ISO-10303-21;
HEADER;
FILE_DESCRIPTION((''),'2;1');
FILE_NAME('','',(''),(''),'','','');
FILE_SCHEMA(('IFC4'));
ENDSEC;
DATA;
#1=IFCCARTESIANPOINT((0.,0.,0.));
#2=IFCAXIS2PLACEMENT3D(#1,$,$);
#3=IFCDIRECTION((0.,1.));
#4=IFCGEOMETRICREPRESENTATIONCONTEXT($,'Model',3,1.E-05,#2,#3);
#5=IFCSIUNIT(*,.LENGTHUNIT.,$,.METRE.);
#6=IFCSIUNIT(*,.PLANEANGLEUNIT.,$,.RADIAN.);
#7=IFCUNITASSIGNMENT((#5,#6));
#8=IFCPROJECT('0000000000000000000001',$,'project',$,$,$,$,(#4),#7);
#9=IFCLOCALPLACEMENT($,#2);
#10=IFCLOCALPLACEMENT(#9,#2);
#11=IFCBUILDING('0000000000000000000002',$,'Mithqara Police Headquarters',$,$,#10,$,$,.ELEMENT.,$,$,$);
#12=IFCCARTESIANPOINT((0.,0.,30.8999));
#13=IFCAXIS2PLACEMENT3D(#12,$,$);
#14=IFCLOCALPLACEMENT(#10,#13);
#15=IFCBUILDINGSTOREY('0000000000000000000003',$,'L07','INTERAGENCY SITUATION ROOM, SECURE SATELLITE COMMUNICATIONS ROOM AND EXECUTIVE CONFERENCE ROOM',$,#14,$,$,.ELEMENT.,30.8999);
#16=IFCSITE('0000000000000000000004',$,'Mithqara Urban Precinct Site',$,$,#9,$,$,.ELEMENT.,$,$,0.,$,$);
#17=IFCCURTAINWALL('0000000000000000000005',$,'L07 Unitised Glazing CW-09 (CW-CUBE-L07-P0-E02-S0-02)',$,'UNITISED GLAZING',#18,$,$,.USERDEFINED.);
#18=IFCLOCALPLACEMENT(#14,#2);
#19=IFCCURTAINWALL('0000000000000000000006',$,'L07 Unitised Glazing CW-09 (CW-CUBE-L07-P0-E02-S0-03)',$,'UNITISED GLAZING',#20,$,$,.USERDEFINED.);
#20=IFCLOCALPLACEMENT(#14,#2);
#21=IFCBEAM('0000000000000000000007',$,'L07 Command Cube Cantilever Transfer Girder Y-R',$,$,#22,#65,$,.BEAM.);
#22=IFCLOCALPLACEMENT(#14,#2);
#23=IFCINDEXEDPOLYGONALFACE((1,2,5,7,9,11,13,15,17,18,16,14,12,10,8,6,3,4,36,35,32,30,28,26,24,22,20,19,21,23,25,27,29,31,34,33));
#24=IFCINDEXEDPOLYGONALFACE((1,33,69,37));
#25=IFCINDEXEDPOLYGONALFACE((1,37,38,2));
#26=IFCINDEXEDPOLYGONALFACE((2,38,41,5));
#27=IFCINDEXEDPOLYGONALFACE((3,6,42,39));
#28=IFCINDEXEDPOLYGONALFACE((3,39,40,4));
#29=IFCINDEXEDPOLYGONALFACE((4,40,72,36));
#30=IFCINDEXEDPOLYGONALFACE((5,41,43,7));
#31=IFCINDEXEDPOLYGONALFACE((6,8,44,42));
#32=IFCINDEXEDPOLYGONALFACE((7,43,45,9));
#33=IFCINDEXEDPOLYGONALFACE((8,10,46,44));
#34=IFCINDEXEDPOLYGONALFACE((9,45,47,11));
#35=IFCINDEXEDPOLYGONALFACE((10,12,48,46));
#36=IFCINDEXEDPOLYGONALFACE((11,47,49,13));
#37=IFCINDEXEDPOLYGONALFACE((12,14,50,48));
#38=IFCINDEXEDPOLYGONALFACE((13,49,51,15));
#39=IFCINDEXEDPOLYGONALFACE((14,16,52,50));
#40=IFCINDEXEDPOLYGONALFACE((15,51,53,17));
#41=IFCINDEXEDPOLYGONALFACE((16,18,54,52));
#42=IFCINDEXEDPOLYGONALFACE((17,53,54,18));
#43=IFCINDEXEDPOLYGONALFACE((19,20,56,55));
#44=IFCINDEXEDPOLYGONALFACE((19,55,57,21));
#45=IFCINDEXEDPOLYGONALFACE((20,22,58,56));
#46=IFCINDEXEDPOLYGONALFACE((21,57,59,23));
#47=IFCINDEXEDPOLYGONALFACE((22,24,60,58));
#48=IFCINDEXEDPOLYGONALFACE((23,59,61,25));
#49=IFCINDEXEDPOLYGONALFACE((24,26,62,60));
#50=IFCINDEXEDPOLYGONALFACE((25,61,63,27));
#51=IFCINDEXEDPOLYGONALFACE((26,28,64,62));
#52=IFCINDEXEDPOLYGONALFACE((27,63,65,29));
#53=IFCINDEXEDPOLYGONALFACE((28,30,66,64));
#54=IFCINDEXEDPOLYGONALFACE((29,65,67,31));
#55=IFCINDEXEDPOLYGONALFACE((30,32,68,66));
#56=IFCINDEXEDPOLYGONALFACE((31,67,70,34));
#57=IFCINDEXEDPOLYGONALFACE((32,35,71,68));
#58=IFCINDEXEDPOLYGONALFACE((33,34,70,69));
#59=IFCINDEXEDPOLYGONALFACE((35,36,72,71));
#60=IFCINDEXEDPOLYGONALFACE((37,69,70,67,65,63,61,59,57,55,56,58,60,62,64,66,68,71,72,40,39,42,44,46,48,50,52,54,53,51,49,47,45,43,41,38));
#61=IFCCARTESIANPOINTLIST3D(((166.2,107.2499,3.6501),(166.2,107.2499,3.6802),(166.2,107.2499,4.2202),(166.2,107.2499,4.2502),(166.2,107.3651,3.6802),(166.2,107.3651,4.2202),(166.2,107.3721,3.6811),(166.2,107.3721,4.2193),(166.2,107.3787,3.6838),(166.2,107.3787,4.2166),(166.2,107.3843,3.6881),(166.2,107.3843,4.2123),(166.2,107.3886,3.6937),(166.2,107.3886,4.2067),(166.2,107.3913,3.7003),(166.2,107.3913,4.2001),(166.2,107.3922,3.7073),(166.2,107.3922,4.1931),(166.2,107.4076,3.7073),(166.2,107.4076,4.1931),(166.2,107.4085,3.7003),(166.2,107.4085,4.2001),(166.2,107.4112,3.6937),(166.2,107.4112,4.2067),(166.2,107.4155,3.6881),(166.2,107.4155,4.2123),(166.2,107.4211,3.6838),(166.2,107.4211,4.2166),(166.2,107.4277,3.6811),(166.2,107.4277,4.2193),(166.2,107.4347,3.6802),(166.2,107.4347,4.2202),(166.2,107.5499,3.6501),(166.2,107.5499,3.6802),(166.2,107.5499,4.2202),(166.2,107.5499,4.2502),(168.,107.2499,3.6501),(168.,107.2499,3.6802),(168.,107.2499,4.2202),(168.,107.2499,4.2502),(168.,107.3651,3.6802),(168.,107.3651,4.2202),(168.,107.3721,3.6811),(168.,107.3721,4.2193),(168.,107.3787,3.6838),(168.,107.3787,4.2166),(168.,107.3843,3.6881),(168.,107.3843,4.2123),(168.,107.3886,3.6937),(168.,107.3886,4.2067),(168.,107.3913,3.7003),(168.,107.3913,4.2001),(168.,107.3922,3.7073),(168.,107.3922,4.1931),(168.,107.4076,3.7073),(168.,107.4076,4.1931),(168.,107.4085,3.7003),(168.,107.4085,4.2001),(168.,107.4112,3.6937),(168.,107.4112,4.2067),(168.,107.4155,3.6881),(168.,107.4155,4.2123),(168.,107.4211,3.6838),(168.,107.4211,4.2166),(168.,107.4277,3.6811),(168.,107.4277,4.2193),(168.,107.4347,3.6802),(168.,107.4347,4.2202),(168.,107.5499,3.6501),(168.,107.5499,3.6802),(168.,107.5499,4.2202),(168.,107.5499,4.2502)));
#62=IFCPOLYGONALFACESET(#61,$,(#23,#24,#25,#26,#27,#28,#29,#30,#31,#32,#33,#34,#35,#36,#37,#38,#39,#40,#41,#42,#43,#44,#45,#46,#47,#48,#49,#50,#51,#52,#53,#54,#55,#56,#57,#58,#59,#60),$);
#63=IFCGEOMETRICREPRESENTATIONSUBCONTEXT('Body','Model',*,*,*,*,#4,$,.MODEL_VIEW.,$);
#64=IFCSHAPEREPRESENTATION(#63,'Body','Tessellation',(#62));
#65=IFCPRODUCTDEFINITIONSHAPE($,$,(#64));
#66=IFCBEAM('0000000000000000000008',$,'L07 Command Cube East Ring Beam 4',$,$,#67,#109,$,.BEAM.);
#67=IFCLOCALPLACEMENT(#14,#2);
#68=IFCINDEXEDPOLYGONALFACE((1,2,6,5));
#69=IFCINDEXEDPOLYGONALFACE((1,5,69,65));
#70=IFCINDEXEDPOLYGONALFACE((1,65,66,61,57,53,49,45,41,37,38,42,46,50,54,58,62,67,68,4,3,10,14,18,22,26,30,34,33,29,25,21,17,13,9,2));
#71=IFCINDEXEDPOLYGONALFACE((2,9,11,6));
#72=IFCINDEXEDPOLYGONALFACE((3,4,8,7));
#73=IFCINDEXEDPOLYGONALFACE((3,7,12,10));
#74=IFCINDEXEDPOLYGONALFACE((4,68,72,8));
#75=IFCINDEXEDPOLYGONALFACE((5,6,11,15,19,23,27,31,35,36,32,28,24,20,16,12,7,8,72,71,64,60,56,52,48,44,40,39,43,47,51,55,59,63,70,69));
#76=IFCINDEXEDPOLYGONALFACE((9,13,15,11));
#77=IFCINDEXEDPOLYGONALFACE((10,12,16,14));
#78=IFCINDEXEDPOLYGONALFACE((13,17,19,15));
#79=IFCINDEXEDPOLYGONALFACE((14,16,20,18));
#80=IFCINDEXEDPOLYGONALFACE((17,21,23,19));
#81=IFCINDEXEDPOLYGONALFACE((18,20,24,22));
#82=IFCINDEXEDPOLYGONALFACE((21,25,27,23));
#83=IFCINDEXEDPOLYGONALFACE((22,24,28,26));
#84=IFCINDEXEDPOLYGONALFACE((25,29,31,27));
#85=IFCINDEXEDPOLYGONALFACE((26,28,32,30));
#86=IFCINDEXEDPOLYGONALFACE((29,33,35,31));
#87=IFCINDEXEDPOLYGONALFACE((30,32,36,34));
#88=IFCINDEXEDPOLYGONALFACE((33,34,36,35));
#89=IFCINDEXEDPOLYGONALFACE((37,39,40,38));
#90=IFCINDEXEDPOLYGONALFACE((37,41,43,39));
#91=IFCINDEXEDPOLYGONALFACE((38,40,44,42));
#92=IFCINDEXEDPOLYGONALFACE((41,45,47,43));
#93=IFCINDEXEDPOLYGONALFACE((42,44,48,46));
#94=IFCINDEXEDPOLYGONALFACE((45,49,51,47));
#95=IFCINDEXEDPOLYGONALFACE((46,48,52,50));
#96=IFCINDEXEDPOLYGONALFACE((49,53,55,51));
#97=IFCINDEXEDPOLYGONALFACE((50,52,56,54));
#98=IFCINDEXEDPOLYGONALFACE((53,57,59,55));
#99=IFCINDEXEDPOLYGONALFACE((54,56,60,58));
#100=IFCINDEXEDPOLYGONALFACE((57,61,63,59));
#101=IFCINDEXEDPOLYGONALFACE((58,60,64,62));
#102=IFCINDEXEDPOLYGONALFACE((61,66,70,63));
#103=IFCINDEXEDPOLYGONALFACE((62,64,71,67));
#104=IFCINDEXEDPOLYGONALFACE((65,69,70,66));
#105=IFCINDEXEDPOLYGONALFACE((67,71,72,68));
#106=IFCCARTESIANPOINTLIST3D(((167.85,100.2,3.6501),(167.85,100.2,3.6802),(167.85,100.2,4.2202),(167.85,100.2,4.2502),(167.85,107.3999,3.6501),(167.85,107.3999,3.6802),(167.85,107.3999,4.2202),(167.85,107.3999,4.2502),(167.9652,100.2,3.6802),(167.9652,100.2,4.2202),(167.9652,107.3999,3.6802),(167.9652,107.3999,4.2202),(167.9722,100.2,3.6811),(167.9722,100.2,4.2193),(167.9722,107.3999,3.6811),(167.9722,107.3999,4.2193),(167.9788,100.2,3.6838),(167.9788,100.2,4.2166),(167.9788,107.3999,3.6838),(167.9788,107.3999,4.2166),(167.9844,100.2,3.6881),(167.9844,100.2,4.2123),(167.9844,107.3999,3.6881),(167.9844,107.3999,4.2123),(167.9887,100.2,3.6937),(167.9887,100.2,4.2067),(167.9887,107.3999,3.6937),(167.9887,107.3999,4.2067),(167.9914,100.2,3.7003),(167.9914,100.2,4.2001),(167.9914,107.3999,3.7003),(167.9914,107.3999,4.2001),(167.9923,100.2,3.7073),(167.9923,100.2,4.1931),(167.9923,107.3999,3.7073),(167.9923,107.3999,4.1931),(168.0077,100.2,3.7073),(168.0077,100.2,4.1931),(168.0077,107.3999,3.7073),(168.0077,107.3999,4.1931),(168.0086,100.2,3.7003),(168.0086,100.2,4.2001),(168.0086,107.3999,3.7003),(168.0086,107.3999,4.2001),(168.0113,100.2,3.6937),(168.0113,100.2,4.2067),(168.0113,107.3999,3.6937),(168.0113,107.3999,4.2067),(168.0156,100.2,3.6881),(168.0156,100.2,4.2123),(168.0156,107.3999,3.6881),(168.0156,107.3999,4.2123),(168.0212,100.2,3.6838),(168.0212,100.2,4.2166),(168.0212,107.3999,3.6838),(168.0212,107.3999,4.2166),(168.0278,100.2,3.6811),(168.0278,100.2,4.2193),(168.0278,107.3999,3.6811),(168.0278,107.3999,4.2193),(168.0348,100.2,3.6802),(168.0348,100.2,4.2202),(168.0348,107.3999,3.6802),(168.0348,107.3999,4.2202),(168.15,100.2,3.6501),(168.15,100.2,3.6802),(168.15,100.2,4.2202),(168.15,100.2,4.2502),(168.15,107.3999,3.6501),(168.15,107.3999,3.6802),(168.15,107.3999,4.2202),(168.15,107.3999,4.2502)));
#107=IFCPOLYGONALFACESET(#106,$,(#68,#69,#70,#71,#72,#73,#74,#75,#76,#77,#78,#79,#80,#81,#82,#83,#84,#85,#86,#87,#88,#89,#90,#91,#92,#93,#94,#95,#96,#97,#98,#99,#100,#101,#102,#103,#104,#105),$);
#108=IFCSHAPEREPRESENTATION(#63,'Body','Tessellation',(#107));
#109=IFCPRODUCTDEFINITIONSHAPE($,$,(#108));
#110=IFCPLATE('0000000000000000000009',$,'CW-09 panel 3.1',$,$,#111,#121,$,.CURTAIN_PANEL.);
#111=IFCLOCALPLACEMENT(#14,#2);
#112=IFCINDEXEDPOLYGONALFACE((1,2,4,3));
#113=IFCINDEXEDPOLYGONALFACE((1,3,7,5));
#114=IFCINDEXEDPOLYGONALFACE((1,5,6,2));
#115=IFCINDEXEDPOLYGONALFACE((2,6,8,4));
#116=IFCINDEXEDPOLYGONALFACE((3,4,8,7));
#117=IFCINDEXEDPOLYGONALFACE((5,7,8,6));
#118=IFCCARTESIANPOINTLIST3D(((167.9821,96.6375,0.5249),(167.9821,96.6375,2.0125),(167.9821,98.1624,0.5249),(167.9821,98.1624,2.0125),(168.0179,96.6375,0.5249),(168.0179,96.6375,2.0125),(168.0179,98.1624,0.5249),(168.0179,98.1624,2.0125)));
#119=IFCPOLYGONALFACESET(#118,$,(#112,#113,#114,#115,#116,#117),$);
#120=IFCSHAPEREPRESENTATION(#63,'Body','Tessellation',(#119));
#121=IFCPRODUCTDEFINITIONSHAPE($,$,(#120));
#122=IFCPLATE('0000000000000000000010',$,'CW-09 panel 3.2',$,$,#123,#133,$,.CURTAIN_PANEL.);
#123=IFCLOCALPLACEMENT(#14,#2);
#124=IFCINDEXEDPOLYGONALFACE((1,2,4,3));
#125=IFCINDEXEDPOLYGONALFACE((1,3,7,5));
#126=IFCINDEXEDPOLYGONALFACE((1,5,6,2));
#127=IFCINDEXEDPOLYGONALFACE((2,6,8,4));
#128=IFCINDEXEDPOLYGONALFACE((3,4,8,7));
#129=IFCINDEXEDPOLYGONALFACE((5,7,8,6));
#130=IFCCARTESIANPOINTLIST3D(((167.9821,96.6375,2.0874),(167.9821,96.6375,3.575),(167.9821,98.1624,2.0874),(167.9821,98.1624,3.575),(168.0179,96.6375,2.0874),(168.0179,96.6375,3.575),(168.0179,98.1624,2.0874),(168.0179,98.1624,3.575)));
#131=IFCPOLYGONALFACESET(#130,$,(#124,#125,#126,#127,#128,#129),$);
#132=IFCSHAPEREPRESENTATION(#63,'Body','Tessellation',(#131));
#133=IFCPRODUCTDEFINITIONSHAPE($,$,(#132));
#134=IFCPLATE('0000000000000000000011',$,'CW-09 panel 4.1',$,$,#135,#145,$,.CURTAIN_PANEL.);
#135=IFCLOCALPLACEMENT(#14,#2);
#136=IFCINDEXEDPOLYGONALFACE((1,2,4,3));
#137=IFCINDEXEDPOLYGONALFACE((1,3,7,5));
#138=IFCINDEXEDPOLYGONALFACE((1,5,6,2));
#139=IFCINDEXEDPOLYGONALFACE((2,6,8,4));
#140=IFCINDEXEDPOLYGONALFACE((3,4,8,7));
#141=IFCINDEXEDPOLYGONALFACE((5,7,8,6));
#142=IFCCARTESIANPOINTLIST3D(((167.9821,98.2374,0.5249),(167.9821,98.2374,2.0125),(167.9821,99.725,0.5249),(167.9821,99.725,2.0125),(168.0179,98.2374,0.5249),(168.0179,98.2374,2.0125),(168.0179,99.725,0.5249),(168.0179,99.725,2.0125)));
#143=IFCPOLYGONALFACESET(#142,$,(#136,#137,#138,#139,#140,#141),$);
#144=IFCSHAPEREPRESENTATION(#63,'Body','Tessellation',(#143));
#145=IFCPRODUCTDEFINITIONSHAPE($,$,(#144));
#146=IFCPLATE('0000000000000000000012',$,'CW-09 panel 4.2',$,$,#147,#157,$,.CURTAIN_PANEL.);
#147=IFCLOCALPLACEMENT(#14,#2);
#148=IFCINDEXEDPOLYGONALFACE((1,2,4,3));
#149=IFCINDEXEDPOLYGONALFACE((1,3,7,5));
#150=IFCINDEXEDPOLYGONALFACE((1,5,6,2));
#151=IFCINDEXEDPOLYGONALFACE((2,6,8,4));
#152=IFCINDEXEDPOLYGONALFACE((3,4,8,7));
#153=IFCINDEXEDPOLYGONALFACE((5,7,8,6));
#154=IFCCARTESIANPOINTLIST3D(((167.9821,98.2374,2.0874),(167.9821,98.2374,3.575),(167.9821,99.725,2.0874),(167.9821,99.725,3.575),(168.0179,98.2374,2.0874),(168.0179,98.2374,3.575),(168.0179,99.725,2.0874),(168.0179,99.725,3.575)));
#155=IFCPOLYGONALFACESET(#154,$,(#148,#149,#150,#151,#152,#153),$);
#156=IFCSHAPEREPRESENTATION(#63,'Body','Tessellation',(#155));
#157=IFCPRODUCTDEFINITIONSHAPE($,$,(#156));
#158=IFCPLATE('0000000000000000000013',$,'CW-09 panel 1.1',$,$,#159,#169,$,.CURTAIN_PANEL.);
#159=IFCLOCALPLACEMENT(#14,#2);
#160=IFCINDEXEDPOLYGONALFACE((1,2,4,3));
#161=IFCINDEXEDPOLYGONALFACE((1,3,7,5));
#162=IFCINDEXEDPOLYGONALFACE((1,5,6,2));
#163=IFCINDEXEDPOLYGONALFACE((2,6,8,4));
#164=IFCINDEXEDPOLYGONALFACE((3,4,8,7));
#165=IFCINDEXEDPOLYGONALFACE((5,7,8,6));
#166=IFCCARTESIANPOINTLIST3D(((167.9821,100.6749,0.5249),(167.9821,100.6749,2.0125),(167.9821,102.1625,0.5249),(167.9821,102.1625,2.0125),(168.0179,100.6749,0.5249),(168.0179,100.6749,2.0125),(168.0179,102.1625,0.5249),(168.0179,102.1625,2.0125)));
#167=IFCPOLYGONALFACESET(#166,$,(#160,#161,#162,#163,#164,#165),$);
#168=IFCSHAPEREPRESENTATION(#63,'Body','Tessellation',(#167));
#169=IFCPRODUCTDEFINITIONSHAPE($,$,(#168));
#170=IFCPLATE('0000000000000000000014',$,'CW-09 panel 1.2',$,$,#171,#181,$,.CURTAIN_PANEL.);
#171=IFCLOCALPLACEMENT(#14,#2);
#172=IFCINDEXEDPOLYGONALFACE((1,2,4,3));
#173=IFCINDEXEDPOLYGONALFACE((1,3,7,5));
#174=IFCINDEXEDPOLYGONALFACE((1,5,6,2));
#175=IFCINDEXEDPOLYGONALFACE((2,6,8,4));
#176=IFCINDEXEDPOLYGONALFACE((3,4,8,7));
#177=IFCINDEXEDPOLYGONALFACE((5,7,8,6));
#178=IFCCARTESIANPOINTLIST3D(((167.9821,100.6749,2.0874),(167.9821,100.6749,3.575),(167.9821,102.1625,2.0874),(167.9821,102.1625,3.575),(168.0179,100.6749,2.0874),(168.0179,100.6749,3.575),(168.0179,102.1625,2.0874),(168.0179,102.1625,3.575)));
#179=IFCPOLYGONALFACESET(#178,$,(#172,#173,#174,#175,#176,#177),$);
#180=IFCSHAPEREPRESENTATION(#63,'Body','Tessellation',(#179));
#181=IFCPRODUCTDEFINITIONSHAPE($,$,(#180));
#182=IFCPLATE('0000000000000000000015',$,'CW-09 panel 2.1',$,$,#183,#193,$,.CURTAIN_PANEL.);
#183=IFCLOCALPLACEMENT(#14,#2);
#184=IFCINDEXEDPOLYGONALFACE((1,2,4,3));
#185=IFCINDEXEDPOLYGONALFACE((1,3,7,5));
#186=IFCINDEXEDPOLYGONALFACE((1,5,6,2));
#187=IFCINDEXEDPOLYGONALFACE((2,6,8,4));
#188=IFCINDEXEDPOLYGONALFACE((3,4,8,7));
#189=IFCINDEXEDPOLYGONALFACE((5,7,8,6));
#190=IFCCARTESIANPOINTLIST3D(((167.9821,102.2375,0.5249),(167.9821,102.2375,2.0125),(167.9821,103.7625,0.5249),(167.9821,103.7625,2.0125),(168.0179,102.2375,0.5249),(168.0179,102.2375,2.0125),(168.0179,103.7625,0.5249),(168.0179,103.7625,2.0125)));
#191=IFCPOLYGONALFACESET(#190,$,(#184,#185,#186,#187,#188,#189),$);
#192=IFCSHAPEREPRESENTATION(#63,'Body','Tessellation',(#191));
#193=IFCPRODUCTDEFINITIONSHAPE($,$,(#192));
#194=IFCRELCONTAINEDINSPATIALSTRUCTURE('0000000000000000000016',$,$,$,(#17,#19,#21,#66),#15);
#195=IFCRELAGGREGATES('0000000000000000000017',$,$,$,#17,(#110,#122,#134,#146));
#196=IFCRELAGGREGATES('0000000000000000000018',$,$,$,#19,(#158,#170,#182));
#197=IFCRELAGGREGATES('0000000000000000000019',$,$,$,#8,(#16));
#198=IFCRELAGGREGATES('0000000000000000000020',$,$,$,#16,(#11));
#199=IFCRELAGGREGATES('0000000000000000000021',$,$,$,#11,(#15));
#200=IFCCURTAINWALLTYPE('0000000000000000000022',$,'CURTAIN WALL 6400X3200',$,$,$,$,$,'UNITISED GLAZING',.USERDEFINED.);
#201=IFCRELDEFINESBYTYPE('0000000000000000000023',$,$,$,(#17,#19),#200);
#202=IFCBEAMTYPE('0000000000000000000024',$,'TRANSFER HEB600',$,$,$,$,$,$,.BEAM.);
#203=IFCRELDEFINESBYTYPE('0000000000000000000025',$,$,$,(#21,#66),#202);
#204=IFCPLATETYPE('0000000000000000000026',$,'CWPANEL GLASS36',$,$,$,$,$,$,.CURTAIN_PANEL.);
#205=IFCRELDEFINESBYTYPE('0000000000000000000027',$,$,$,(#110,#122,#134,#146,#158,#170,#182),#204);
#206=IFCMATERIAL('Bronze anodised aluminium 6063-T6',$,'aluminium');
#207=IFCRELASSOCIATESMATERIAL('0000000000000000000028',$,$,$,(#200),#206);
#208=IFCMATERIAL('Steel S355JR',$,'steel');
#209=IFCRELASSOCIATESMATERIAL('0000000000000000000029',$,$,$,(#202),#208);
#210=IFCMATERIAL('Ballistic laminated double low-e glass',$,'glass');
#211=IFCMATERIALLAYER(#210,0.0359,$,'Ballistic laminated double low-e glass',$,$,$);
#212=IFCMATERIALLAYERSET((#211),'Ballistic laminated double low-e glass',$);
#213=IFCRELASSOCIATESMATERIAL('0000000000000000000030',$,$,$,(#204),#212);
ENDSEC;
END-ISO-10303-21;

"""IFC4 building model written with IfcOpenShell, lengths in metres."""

from ifc_helpers import new_model, si_unit, direction, frame, origin, origin_2d, place, context, subcontext, project, spatial, rectangle, i_section, extrude, material, layer, layer_set, material_profile, profile_set, type_object, element, aggregate, save


model = new_model("IFC4")

# Units and contexts
model_context = context("Model", 3, precision=1e-05, world=origin(), true_north=direction((0.0, 1.0)))
body_context = subcontext(model_context, "Body", "Model", "MODEL_VIEW")
ifc_project = project(units=[si_unit("LENGTHUNIT", "METRE"), si_unit("PLANEANGLEUNIT", "RADIAN")], contexts=[model_context])

# Site, building, storey
site_placement = place(None, origin())
site = spatial("IfcSite", under=ifc_project, at=site_placement, Name="Mithqara Urban Precinct Site", CompositionType="ELEMENT", RefElevation=0.0)
building_placement = place(site_placement, origin())
building = spatial("IfcBuilding", under=site, at=building_placement, Name="Mithqara Police Headquarters", CompositionType="ELEMENT")
storey_placement = place(building_placement, frame((0.0, 0.0, 30.8999)))
storey = spatial("IfcBuildingStorey", under=building, at=storey_placement, Name="L07", Description="INTERAGENCY SITUATION ROOM, SECURE SATELLITE COMMUNICATIONS ROOM AND EXECUTIVE CONFERENCE ROOM", CompositionType="ELEMENT", Elevation=30.8999)

# Shared definitions
ifc_material_1 = material(Name="Steel S355JR", Category="steel")

# Curtain walls
ifc_material_2 = material(Name="Bronze anodised aluminium 6063-T6", Category="aluminium")
curtain_wall_type = type_object("IfcCurtainWallType", Name="CURTAIN WALL 6400X3200", ElementType="UNITISED GLAZING", PredefinedType="USERDEFINED", material=ifc_material_2)
curtain_wall_1_placement = place(storey_placement, origin())
curtain_wall_1 = element("IfcCurtainWall", 1, at=curtain_wall_1_placement, inside=storey, type_object=curtain_wall_type, Name="L07 Unitised Glazing CW-09 (CW-CUBE-L07-P0-E02-S0-02)", ObjectType="UNITISED GLAZING", PredefinedType="USERDEFINED")
curtain_wall_2_placement = place(storey_placement, origin())
curtain_wall_2 = element("IfcCurtainWall", 2, at=curtain_wall_2_placement, inside=storey, type_object=curtain_wall_type, Name="L07 Unitised Glazing CW-09 (CW-CUBE-L07-P0-E02-S0-03)", ObjectType="UNITISED GLAZING", PredefinedType="USERDEFINED")

# Beams
ifc_material_profile_1 = material_profile(ifc_material_1, i_section(OverallWidth=0.3, OverallDepth=0.6001, WebThickness=0.0154, FlangeThickness=0.03, FilletRadius=0.0271, at=origin_2d()), Name="HEB 600")
ifc_profile_set_1 = profile_set([ifc_material_profile_1], Name="Steel S355JR")
beam_type = type_object("IfcBeamType", Name="TRANSFER HEB600", PredefinedType="BEAM", material=ifc_profile_set_1)
for number, where, z_axis, x_axis, name in (
    (3, (166.2, 107.3999, 3.9502), (1.0, 0.0, 0.0), (0.0, 1.0, 0.0), "L07 Command Cube Cantilever Transfer Girder Y-R"),
):
    element("IfcBeam", number, at=place(storey_placement, frame(where, z_axis=z_axis, x_axis=x_axis)), inside=storey, type_object=beam_type, Name=name, PredefinedType="BEAM", context=body_context, shape_type="SweptSolid", body=[
        extrude(i_section(OverallWidth=0.3, OverallDepth=0.6001, WebThickness=0.0154, FlangeThickness=0.03, FilletRadius=0.0271, at=origin_2d()), origin(), (0.0, 0.0, 1.0), 1.8),
    ])
beam_placement = place(storey_placement, frame((168.0, 100.2, 3.9502), z_axis=(0.0, 1.0, 0.0), x_axis=(-1.0, 0.0, 0.0)))
element("IfcBeam", 4, at=beam_placement, inside=storey, type_object=beam_type, Name="L07 Command Cube East Ring Beam 4", PredefinedType="BEAM", context=body_context, shape_type="SweptSolid", body=[
    extrude(i_section(OverallWidth=0.3, OverallDepth=0.6001, WebThickness=0.0154, FlangeThickness=0.03, FilletRadius=0.0271, at=origin_2d()), origin(), (0.0, 0.0, 1.0), 7.2),
])

# Plates
ifc_material_3 = material(Name="Ballistic laminated double low-e glass", Category="glass")
ifc_layer_1 = layer(ifc_material_3, 0.0359, Name="Ballistic laminated double low-e glass")
ifc_layer_set_1 = layer_set([ifc_layer_1], Name="Ballistic laminated double low-e glass")
plate_type = type_object("IfcPlateType", Name="CWPANEL GLASS36", PredefinedType="CURTAIN_PANEL", material=ifc_layer_set_1)
plate_1_placement = place(storey_placement, frame((168.0, 97.3999, 0.5249), z_axis=(0.0, 0.0, 1.0), x_axis=(0.0, 1.0, 0.0)))
plate_1 = element("IfcPlate", 5, at=plate_1_placement, type_object=plate_type, Name="CW-09 panel 3.1", PredefinedType="CURTAIN_PANEL", context=body_context, shape_type="SweptSolid", body=[
    extrude(rectangle(XDim=1.5249, YDim=0.0359, at=origin_2d()), origin(), (0.0, 0.0, 1.0), 1.4875),
])
plate_2_placement = place(storey_placement, frame((168.0, 97.3999, 2.0874), z_axis=(0.0, 0.0, 1.0), x_axis=(0.0, 1.0, 0.0)))
plate_2 = element("IfcPlate", 6, at=plate_2_placement, type_object=plate_type, Name="CW-09 panel 3.2", PredefinedType="CURTAIN_PANEL", context=body_context, shape_type="SweptSolid", body=[
    extrude(rectangle(XDim=1.5249, YDim=0.0359, at=origin_2d()), origin(), (0.0, 0.0, 1.0), 1.4875),
])
plate_3_placement = place(storey_placement, frame((168.0, 98.9812, 0.5249), z_axis=(0.0, 0.0, 1.0), x_axis=(0.0, 1.0, 0.0)))
plate_3 = element("IfcPlate", 7, at=plate_3_placement, type_object=plate_type, Name="CW-09 panel 4.1", PredefinedType="CURTAIN_PANEL", context=body_context, shape_type="SweptSolid", body=[
    extrude(rectangle(XDim=1.4875, YDim=0.0359, at=origin_2d()), origin(), (0.0, 0.0, 1.0), 1.4875),
])
plate_4_placement = place(storey_placement, frame((168.0, 98.9812, 2.0874), z_axis=(0.0, 0.0, 1.0), x_axis=(0.0, 1.0, 0.0)))
plate_4 = element("IfcPlate", 8, at=plate_4_placement, type_object=plate_type, Name="CW-09 panel 4.2", PredefinedType="CURTAIN_PANEL", context=body_context, shape_type="SweptSolid", body=[
    extrude(rectangle(XDim=1.4875, YDim=0.0359, at=origin_2d()), origin(), (0.0, 0.0, 1.0), 1.4875),
])
aggregate(curtain_wall_1, [plate_1, plate_2, plate_3, plate_4])
plate_5_placement = place(storey_placement, frame((168.0, 101.4187, 0.5249), z_axis=(0.0, 0.0, 1.0), x_axis=(0.0, 1.0, 0.0)))
plate_5 = element("IfcPlate", 9, at=plate_5_placement, type_object=plate_type, Name="CW-09 panel 1.1", PredefinedType="CURTAIN_PANEL", context=body_context, shape_type="SweptSolid", body=[
    extrude(rectangle(XDim=1.4875, YDim=0.0359, at=origin_2d()), origin(), (0.0, 0.0, 1.0), 1.4875),
])
plate_6_placement = place(storey_placement, frame((168.0, 101.4187, 2.0874), z_axis=(0.0, 0.0, 1.0), x_axis=(0.0, 1.0, 0.0)))
plate_6 = element("IfcPlate", 10, at=plate_6_placement, type_object=plate_type, Name="CW-09 panel 1.2", PredefinedType="CURTAIN_PANEL", context=body_context, shape_type="SweptSolid", body=[
    extrude(rectangle(XDim=1.4875, YDim=0.0359, at=origin_2d()), origin(), (0.0, 0.0, 1.0), 1.4875),
])
plate_7_placement = place(storey_placement, frame((168.0, 103.0, 0.5249), z_axis=(0.0, 0.0, 1.0), x_axis=(0.0, 1.0, 0.0)))
plate_7 = element("IfcPlate", 11, at=plate_7_placement, type_object=plate_type, Name="CW-09 panel 2.1", PredefinedType="CURTAIN_PANEL", context=body_context, shape_type="SweptSolid", body=[
    extrude(rectangle(XDim=1.5249, YDim=0.0359, at=origin_2d()), origin(), (0.0, 0.0, 1.0), 1.4875),
])
aggregate(curtain_wall_2, [plate_5, plate_6, plate_7])

save(model, "model.ifc")
